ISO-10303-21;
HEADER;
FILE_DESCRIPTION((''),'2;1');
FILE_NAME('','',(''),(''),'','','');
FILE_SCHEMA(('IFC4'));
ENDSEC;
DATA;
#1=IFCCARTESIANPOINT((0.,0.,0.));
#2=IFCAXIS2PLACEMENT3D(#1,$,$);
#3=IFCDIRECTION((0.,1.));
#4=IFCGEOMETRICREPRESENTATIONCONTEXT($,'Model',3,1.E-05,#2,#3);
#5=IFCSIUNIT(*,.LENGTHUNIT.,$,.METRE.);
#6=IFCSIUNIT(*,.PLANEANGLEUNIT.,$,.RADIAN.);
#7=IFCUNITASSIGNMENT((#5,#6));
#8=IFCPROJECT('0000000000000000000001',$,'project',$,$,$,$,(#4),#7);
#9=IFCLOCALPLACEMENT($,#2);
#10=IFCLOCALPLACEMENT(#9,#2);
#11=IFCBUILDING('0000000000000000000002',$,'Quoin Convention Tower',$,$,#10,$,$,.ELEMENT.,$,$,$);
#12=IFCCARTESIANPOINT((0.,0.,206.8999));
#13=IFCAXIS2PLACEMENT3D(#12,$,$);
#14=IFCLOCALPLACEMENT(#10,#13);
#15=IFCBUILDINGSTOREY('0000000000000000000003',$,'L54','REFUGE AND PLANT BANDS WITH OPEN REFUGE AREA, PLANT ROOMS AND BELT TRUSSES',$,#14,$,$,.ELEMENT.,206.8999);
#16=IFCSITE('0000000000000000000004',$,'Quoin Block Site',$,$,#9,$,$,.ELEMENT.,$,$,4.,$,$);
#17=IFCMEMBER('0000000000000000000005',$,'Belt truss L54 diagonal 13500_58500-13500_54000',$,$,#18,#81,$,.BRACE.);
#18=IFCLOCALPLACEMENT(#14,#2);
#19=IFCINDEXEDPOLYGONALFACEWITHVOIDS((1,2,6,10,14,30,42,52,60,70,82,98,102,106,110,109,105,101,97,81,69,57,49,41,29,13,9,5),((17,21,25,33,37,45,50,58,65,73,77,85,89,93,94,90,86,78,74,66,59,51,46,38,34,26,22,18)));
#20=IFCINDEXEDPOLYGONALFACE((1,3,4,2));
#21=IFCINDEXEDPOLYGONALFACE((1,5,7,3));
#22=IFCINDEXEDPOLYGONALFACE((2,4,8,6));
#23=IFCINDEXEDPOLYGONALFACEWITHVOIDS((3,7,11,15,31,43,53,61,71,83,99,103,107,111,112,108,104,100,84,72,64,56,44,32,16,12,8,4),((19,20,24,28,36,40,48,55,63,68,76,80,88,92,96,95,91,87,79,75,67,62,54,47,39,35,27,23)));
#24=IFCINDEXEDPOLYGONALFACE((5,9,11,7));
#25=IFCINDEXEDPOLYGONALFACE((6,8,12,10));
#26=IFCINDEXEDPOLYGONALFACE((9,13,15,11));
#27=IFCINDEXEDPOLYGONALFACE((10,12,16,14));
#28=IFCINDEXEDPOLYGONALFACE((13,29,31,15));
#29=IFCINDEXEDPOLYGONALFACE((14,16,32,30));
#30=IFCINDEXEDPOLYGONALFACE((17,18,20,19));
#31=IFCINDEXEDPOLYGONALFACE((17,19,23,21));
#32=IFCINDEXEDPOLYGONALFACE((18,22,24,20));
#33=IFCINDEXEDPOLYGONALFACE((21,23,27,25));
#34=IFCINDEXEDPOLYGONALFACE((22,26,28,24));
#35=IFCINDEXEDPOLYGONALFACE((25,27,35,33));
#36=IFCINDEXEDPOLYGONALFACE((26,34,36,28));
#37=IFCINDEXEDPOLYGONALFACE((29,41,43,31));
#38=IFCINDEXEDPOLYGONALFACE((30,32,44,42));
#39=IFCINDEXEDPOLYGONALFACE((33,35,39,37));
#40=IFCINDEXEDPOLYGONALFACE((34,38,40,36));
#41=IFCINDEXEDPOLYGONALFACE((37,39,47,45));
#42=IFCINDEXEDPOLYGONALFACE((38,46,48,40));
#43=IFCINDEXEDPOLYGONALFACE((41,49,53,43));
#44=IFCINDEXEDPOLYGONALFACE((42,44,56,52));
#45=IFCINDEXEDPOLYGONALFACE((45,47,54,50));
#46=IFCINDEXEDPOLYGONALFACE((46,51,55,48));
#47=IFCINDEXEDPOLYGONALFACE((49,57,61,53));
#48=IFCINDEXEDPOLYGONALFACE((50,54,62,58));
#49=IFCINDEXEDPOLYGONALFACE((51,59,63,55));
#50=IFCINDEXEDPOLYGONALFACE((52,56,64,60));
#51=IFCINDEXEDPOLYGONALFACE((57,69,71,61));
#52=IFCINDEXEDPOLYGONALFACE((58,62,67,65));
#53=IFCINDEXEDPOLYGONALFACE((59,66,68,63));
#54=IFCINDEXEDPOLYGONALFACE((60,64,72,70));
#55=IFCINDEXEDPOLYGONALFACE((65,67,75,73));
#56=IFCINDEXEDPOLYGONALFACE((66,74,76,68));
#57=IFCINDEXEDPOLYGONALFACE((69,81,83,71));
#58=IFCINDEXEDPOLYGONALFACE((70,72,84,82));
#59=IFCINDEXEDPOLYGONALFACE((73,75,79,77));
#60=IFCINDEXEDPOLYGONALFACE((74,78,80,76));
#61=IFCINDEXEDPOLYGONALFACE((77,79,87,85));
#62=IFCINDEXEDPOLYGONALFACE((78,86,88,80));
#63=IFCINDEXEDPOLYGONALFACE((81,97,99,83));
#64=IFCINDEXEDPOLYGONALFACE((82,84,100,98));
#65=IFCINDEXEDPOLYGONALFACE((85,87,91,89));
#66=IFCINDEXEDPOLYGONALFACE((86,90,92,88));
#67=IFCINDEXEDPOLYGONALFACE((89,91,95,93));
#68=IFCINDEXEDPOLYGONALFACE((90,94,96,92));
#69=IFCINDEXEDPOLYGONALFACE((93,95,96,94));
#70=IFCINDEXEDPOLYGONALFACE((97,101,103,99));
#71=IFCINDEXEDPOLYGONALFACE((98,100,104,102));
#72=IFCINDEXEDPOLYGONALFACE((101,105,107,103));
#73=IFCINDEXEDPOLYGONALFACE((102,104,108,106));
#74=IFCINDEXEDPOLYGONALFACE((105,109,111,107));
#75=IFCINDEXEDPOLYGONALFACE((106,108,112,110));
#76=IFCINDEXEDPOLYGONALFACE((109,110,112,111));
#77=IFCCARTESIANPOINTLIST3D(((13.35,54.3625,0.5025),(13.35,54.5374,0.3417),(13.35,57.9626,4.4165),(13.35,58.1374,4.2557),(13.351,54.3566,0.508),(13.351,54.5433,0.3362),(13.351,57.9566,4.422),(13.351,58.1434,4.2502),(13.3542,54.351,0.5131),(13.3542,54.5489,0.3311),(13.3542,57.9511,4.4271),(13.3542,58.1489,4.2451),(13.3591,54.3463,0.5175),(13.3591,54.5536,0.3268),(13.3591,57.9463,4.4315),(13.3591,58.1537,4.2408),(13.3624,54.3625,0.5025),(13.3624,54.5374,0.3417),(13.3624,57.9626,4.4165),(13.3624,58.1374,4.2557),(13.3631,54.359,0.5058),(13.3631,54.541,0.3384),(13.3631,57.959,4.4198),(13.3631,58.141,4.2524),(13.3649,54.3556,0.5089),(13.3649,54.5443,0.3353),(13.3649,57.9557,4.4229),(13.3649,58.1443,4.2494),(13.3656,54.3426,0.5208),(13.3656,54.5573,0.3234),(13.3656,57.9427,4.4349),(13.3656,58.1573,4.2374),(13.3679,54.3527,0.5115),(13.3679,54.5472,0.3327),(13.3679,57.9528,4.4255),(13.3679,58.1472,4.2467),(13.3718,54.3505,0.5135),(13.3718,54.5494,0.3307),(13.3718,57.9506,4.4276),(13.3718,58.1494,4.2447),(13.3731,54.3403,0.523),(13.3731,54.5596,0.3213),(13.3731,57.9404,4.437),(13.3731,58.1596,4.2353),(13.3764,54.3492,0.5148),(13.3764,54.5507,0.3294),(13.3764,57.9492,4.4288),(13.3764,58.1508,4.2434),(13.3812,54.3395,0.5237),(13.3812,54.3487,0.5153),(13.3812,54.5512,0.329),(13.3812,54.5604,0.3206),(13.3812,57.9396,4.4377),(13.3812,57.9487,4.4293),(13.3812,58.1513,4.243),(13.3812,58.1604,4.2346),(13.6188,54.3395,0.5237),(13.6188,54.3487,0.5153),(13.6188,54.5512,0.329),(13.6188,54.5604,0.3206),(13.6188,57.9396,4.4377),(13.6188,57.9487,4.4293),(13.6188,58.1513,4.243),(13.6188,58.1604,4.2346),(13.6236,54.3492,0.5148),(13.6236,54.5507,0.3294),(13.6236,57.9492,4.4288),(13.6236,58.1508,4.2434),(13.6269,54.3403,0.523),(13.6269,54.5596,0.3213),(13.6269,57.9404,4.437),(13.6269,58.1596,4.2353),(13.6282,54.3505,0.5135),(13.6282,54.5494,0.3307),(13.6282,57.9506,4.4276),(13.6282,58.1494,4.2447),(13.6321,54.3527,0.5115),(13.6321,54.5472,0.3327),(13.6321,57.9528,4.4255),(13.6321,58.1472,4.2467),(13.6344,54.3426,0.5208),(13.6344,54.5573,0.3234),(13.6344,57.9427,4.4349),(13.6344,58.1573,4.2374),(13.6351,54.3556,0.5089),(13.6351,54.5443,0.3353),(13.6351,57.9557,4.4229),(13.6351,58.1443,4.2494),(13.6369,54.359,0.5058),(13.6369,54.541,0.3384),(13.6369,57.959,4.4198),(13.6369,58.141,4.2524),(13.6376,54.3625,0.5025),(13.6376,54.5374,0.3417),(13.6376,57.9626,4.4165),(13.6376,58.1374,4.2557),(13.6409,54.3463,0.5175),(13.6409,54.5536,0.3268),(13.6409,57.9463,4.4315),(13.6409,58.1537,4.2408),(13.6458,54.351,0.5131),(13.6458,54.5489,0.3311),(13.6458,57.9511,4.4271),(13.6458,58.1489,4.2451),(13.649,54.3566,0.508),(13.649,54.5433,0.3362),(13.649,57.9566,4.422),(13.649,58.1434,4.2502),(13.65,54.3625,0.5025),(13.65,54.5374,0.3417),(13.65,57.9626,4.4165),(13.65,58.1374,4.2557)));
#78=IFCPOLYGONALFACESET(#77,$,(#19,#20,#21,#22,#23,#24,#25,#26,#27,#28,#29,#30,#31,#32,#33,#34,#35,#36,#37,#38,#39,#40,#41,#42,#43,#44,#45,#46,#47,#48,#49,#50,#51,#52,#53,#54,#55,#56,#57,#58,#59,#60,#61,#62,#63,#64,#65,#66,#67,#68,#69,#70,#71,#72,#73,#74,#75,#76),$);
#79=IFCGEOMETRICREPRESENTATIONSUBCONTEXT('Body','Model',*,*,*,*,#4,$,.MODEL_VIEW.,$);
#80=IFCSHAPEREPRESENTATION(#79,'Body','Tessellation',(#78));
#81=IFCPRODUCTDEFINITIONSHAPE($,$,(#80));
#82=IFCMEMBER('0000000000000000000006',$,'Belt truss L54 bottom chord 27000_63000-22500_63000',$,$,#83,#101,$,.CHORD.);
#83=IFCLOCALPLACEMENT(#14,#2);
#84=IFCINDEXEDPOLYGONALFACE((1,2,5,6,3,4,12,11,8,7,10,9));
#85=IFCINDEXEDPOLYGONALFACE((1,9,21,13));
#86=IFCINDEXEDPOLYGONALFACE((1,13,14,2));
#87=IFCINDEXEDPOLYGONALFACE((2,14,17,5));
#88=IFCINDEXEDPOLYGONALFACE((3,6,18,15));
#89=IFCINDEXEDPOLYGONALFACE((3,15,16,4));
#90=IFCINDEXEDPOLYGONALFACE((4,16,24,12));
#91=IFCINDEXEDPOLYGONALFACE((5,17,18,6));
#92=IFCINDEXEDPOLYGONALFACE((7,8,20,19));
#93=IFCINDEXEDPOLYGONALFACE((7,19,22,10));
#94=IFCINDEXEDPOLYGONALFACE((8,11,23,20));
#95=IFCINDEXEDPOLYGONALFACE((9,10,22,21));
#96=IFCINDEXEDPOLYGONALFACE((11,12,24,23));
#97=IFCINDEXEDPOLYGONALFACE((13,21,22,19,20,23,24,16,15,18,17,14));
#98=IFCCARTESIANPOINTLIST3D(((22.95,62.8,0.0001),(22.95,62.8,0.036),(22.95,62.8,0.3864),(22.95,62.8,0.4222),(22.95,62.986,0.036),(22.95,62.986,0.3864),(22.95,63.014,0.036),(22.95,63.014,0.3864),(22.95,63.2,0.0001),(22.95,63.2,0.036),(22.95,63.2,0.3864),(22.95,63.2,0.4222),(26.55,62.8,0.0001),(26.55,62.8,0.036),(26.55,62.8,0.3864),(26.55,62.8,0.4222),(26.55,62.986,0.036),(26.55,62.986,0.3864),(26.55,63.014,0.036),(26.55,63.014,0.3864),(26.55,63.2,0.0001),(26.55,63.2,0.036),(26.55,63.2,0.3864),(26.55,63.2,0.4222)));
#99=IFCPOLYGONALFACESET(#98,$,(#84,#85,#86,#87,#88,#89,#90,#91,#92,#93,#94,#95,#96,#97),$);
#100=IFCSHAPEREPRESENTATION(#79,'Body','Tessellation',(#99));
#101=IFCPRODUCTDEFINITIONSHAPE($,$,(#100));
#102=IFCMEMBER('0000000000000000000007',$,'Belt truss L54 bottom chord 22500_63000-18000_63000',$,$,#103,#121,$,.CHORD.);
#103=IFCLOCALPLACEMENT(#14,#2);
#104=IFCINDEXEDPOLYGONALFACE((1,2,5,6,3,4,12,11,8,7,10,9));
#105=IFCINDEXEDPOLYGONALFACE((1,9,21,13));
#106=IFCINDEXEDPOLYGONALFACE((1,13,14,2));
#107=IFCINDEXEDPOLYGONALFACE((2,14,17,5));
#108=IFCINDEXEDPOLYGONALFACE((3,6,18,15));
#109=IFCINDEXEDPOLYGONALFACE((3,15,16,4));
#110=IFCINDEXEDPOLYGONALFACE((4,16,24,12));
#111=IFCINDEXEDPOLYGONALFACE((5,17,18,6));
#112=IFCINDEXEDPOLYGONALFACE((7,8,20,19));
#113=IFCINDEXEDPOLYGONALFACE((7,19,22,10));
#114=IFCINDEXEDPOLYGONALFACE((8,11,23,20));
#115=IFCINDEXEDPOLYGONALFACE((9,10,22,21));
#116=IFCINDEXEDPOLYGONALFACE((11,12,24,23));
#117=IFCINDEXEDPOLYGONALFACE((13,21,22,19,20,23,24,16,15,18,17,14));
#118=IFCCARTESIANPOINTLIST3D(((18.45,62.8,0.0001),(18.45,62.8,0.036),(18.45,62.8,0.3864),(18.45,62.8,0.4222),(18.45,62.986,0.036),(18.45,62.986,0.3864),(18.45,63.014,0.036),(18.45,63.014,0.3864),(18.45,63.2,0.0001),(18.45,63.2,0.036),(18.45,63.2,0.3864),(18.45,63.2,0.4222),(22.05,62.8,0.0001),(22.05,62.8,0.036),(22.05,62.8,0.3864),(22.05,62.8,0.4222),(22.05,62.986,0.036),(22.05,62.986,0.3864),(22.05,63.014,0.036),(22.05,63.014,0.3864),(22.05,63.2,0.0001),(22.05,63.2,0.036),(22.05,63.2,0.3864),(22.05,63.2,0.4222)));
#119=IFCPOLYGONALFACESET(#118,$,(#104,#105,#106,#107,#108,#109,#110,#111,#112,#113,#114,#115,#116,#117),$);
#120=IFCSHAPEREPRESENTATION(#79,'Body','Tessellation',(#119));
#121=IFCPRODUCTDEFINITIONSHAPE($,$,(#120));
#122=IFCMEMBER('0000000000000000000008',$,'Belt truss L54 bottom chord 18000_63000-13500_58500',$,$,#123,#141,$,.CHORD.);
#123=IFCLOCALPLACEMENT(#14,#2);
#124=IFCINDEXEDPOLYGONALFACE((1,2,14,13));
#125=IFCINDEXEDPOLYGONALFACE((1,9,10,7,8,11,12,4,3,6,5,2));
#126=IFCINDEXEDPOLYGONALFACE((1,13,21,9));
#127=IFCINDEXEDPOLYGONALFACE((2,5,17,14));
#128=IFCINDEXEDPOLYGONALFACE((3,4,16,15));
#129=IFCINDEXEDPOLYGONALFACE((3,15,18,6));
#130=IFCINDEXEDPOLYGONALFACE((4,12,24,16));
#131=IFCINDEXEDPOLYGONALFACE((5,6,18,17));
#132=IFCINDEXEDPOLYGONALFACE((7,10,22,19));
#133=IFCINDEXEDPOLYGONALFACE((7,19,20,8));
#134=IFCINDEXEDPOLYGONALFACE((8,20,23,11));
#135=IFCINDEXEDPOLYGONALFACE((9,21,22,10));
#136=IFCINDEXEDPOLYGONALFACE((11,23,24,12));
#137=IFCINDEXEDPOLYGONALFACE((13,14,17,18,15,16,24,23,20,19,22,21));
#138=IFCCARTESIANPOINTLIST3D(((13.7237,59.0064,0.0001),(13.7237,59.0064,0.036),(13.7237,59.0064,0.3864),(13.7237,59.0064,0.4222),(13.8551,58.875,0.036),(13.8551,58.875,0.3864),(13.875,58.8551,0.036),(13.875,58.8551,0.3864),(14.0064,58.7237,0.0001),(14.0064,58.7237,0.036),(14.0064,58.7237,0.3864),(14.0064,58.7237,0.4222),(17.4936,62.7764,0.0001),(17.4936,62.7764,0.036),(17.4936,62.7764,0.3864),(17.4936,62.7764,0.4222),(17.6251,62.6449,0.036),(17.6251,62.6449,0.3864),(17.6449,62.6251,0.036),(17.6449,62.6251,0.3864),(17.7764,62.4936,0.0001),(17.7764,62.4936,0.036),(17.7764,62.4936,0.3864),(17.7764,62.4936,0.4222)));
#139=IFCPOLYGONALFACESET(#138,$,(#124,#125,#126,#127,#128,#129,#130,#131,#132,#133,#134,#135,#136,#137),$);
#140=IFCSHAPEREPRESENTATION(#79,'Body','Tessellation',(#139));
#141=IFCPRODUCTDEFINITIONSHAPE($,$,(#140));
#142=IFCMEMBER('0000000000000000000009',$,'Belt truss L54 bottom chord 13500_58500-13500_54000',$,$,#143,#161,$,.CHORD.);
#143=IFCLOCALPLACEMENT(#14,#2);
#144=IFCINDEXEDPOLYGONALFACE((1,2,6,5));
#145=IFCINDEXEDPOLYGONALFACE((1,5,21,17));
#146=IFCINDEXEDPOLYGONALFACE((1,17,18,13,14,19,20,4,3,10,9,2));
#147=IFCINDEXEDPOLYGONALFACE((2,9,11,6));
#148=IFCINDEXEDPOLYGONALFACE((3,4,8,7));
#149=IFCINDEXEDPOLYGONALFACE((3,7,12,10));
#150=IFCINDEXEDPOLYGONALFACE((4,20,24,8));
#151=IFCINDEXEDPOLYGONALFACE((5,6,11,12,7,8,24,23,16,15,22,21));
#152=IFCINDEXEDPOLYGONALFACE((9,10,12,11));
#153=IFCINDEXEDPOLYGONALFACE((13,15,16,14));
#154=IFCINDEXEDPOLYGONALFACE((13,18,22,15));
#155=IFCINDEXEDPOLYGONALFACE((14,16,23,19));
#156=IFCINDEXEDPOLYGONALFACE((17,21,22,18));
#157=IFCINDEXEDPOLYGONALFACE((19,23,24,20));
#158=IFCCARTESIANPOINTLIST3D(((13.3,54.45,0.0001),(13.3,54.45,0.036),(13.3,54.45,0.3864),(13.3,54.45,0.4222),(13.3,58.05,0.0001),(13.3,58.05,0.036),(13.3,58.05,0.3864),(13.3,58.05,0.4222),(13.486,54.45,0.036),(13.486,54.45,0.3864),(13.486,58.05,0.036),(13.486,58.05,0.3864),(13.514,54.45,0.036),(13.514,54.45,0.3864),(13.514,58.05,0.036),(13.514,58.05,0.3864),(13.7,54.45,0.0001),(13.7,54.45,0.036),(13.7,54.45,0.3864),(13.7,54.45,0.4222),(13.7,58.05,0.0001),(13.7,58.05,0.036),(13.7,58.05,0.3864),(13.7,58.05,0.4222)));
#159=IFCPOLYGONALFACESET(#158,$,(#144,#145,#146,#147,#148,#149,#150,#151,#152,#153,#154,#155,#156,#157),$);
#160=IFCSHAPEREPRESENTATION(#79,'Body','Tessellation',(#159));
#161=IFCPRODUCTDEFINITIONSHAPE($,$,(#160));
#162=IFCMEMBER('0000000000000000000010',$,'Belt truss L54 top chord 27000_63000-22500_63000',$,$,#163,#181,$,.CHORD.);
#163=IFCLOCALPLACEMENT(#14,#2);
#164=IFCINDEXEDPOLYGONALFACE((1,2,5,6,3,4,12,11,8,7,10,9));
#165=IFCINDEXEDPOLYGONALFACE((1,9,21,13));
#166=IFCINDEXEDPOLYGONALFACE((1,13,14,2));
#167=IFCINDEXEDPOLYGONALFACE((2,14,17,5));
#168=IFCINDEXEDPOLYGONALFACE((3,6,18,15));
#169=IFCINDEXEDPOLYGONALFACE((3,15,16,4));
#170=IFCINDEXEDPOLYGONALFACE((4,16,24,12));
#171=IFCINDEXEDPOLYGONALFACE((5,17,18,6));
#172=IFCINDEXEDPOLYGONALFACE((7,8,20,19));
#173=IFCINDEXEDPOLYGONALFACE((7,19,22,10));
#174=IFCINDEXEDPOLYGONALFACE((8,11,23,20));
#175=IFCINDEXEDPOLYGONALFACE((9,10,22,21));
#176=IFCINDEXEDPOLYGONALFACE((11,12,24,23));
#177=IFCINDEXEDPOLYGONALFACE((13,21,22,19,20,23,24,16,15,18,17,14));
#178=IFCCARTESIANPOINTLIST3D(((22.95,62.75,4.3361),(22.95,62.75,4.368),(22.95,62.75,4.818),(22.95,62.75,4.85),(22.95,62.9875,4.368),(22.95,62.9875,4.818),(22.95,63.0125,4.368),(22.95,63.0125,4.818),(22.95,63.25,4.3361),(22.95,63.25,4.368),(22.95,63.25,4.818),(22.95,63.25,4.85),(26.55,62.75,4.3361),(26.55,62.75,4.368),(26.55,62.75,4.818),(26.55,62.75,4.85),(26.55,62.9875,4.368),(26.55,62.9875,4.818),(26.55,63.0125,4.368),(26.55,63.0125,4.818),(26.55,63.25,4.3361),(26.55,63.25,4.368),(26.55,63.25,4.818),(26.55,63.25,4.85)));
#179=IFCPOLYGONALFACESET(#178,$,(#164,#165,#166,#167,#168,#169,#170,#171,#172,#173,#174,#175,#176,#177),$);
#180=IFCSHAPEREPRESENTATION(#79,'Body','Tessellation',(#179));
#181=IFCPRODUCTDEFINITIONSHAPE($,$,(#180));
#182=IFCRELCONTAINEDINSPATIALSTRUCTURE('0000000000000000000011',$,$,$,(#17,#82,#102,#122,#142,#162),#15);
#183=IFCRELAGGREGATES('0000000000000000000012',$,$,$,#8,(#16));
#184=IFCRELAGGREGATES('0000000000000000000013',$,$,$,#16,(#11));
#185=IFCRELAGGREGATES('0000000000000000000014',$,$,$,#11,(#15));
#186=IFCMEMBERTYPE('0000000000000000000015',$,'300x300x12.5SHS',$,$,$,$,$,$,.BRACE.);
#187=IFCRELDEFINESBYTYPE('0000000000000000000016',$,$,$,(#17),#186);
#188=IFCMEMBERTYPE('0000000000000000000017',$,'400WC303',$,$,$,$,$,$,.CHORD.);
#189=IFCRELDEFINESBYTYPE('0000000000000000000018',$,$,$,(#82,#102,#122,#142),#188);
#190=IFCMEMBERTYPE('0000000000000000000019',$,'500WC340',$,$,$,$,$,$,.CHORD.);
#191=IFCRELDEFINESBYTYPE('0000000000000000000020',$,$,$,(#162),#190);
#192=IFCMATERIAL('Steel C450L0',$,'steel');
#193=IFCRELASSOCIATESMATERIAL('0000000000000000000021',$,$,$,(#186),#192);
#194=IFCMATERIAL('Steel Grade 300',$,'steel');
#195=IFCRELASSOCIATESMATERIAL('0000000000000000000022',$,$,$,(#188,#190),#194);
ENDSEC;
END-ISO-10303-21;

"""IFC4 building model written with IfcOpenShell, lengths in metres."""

from ifc_helpers import new_model, si_unit, direction, frame, origin, origin_2d, place, context, subcontext, project, spatial, hollow_rectangle, i_section, extrude, material, material_profile, profile_set, type_object, element, save


model = new_model("IFC4")

# Units and contexts
model_context = context("Model", 3, precision=1e-05, world=origin(), true_north=direction((0.0, 1.0)))
body_context = subcontext(model_context, "Body", "Model", "MODEL_VIEW")
ifc_project = project(units=[si_unit("LENGTHUNIT", "METRE"), si_unit("PLANEANGLEUNIT", "RADIAN")], contexts=[model_context])

# Site, building, storey
site_placement = place(None, origin())
site = spatial("IfcSite", under=ifc_project, at=site_placement, Name="Quoin Block Site", CompositionType="ELEMENT", RefElevation=4.0)
building_placement = place(site_placement, origin())
building = spatial("IfcBuilding", under=site, at=building_placement, Name="Quoin Convention Tower", CompositionType="ELEMENT")
storey_placement = place(building_placement, frame((0.0, 0.0, 206.8999)))
storey = spatial("IfcBuildingStorey", under=building, at=storey_placement, Name="L54", Description="REFUGE AND PLANT BANDS WITH OPEN REFUGE AREA, PLANT ROOMS AND BELT TRUSSES", CompositionType="ELEMENT", Elevation=206.8999)

# Shared definitions
ifc_material_1 = material(Name="Steel Grade 300", Category="steel")

# Members
ifc_material_2 = material(Name="Steel C450L0", Category="steel")
ifc_material_profile_1 = material_profile(ifc_material_2, hollow_rectangle(XDim=0.3, YDim=0.3, WallThickness=0.0125, InnerFilletRadius=0.0188, OuterFilletRadius=0.0312, at=origin_2d()), Name="300x300x12.5SHS")
ifc_profile_set_1 = profile_set([ifc_material_profile_1], Name="Steel C450L0")
member_type_1 = type_object("IfcMemberType", Name="300x300x12.5SHS", PredefinedType="BRACE", material=ifc_profile_set_1)
member_1_placement = place(storey_placement, frame((13.5, 54.45, 0.4221), z_axis=(0.0, 0.676971, 0.73601), x_axis=(-1.0, 0.0, 0.0)))
element("IfcMember", 1, at=member_1_placement, inside=storey, type_object=member_type_1, Name="Belt truss L54 diagonal 13500_58500-13500_54000", PredefinedType="BRACE", context=body_context, shape_type="SweptSolid", body=[
    extrude(hollow_rectangle(XDim=0.3, YDim=0.3, WallThickness=0.0125, InnerFilletRadius=0.0188, OuterFilletRadius=0.0312, at=origin_2d()), origin(), (0.0, 0.0, 1.0), 5.3179),
])
ifc_material_profile_2 = material_profile(ifc_material_1, i_section(OverallWidth=0.3999, OverallDepth=0.4221, WebThickness=0.0281, FlangeThickness=0.0359, at=origin_2d()), Name="400WC303")
ifc_profile_set_2 = profile_set([ifc_material_profile_2], Name="Steel Grade 300")
member_type_2 = type_object("IfcMemberType", Name="400WC303", PredefinedType="CHORD", material=ifc_profile_set_2)
for number, where, z_axis, x_axis, name in (
    (2, (26.55, 63.0, 0.2112), (-1.0, 0.0, 0.0), (0.0, -1.0, 0.0), "Belt truss L54 bottom chord 27000_63000-22500_63000"),
    (3, (22.05, 63.0, 0.2112), (-1.0, 0.0, 0.0), (0.0, -1.0, 0.0), "Belt truss L54 bottom chord 22500_63000-18000_63000"),
):
    element("IfcMember", number, at=place(storey_placement, frame(where, z_axis=z_axis, x_axis=x_axis)), inside=storey, type_object=member_type_2, Name=name, PredefinedType="CHORD", context=body_context, shape_type="SweptSolid", body=[
        extrude(i_section(OverallWidth=0.3999, OverallDepth=0.4221, WebThickness=0.0281, FlangeThickness=0.0359, at=origin_2d()), origin(), (0.0, 0.0, 1.0), 3.6001),
    ])
member_2_placement = place(storey_placement, frame((17.635, 62.635, 0.2112), z_axis=(-0.707107, -0.707107, 0.0), x_axis=(0.707107, -0.707107, 0.0)))
element("IfcMember", 4, at=member_2_placement, inside=storey, type_object=member_type_2, Name="Belt truss L54 bottom chord 18000_63000-13500_58500", PredefinedType="CHORD", context=body_context, shape_type="SweptSolid", body=[
    extrude(i_section(OverallWidth=0.3999, OverallDepth=0.4221, WebThickness=0.0281, FlangeThickness=0.0359, at=origin_2d()), origin(), (0.0, 0.0, 1.0), 5.3315),
])
member_3_placement = place(storey_placement, frame((13.5, 58.05, 0.2112), z_axis=(0.0, -1.0, 0.0), x_axis=(1.0, 0.0, 0.0)))
element("IfcMember", 5, at=member_3_placement, inside=storey, type_object=member_type_2, Name="Belt truss L54 bottom chord 13500_58500-13500_54000", PredefinedType="CHORD", context=body_context, shape_type="SweptSolid", body=[
    extrude(i_section(OverallWidth=0.3999, OverallDepth=0.4221, WebThickness=0.0281, FlangeThickness=0.0359, at=origin_2d()), origin(), (0.0, 0.0, 1.0), 3.6001),
])
ifc_material_profile_3 = material_profile(ifc_material_1, i_section(OverallWidth=0.5, OverallDepth=0.5139, WebThickness=0.0249, FlangeThickness=0.032, at=origin_2d()), Name="500WC340")
ifc_profile_set_3 = profile_set([ifc_material_profile_3], Name="Steel Grade 300")
member_type_3 = type_object("IfcMemberType", Name="500WC340", PredefinedType="CHORD", material=ifc_profile_set_3)
for number, where, z_axis, x_axis, name in (
    (6, (26.55, 63.0, 4.593), (-1.0, 0.0, 0.0), (0.0, -1.0, 0.0), "Belt truss L54 top chord 27000_63000-22500_63000"),
):
    element("IfcMember", number, at=place(storey_placement, frame(where, z_axis=z_axis, x_axis=x_axis)), inside=storey, type_object=member_type_3, Name=name, PredefinedType="CHORD", context=body_context, shape_type="SweptSolid", body=[
        extrude(i_section(OverallWidth=0.5, OverallDepth=0.5139, WebThickness=0.0249, FlangeThickness=0.032, at=origin_2d()), origin(), (0.0, 0.0, 1.0), 3.6001),
    ])

save(model, "model.ifc")
